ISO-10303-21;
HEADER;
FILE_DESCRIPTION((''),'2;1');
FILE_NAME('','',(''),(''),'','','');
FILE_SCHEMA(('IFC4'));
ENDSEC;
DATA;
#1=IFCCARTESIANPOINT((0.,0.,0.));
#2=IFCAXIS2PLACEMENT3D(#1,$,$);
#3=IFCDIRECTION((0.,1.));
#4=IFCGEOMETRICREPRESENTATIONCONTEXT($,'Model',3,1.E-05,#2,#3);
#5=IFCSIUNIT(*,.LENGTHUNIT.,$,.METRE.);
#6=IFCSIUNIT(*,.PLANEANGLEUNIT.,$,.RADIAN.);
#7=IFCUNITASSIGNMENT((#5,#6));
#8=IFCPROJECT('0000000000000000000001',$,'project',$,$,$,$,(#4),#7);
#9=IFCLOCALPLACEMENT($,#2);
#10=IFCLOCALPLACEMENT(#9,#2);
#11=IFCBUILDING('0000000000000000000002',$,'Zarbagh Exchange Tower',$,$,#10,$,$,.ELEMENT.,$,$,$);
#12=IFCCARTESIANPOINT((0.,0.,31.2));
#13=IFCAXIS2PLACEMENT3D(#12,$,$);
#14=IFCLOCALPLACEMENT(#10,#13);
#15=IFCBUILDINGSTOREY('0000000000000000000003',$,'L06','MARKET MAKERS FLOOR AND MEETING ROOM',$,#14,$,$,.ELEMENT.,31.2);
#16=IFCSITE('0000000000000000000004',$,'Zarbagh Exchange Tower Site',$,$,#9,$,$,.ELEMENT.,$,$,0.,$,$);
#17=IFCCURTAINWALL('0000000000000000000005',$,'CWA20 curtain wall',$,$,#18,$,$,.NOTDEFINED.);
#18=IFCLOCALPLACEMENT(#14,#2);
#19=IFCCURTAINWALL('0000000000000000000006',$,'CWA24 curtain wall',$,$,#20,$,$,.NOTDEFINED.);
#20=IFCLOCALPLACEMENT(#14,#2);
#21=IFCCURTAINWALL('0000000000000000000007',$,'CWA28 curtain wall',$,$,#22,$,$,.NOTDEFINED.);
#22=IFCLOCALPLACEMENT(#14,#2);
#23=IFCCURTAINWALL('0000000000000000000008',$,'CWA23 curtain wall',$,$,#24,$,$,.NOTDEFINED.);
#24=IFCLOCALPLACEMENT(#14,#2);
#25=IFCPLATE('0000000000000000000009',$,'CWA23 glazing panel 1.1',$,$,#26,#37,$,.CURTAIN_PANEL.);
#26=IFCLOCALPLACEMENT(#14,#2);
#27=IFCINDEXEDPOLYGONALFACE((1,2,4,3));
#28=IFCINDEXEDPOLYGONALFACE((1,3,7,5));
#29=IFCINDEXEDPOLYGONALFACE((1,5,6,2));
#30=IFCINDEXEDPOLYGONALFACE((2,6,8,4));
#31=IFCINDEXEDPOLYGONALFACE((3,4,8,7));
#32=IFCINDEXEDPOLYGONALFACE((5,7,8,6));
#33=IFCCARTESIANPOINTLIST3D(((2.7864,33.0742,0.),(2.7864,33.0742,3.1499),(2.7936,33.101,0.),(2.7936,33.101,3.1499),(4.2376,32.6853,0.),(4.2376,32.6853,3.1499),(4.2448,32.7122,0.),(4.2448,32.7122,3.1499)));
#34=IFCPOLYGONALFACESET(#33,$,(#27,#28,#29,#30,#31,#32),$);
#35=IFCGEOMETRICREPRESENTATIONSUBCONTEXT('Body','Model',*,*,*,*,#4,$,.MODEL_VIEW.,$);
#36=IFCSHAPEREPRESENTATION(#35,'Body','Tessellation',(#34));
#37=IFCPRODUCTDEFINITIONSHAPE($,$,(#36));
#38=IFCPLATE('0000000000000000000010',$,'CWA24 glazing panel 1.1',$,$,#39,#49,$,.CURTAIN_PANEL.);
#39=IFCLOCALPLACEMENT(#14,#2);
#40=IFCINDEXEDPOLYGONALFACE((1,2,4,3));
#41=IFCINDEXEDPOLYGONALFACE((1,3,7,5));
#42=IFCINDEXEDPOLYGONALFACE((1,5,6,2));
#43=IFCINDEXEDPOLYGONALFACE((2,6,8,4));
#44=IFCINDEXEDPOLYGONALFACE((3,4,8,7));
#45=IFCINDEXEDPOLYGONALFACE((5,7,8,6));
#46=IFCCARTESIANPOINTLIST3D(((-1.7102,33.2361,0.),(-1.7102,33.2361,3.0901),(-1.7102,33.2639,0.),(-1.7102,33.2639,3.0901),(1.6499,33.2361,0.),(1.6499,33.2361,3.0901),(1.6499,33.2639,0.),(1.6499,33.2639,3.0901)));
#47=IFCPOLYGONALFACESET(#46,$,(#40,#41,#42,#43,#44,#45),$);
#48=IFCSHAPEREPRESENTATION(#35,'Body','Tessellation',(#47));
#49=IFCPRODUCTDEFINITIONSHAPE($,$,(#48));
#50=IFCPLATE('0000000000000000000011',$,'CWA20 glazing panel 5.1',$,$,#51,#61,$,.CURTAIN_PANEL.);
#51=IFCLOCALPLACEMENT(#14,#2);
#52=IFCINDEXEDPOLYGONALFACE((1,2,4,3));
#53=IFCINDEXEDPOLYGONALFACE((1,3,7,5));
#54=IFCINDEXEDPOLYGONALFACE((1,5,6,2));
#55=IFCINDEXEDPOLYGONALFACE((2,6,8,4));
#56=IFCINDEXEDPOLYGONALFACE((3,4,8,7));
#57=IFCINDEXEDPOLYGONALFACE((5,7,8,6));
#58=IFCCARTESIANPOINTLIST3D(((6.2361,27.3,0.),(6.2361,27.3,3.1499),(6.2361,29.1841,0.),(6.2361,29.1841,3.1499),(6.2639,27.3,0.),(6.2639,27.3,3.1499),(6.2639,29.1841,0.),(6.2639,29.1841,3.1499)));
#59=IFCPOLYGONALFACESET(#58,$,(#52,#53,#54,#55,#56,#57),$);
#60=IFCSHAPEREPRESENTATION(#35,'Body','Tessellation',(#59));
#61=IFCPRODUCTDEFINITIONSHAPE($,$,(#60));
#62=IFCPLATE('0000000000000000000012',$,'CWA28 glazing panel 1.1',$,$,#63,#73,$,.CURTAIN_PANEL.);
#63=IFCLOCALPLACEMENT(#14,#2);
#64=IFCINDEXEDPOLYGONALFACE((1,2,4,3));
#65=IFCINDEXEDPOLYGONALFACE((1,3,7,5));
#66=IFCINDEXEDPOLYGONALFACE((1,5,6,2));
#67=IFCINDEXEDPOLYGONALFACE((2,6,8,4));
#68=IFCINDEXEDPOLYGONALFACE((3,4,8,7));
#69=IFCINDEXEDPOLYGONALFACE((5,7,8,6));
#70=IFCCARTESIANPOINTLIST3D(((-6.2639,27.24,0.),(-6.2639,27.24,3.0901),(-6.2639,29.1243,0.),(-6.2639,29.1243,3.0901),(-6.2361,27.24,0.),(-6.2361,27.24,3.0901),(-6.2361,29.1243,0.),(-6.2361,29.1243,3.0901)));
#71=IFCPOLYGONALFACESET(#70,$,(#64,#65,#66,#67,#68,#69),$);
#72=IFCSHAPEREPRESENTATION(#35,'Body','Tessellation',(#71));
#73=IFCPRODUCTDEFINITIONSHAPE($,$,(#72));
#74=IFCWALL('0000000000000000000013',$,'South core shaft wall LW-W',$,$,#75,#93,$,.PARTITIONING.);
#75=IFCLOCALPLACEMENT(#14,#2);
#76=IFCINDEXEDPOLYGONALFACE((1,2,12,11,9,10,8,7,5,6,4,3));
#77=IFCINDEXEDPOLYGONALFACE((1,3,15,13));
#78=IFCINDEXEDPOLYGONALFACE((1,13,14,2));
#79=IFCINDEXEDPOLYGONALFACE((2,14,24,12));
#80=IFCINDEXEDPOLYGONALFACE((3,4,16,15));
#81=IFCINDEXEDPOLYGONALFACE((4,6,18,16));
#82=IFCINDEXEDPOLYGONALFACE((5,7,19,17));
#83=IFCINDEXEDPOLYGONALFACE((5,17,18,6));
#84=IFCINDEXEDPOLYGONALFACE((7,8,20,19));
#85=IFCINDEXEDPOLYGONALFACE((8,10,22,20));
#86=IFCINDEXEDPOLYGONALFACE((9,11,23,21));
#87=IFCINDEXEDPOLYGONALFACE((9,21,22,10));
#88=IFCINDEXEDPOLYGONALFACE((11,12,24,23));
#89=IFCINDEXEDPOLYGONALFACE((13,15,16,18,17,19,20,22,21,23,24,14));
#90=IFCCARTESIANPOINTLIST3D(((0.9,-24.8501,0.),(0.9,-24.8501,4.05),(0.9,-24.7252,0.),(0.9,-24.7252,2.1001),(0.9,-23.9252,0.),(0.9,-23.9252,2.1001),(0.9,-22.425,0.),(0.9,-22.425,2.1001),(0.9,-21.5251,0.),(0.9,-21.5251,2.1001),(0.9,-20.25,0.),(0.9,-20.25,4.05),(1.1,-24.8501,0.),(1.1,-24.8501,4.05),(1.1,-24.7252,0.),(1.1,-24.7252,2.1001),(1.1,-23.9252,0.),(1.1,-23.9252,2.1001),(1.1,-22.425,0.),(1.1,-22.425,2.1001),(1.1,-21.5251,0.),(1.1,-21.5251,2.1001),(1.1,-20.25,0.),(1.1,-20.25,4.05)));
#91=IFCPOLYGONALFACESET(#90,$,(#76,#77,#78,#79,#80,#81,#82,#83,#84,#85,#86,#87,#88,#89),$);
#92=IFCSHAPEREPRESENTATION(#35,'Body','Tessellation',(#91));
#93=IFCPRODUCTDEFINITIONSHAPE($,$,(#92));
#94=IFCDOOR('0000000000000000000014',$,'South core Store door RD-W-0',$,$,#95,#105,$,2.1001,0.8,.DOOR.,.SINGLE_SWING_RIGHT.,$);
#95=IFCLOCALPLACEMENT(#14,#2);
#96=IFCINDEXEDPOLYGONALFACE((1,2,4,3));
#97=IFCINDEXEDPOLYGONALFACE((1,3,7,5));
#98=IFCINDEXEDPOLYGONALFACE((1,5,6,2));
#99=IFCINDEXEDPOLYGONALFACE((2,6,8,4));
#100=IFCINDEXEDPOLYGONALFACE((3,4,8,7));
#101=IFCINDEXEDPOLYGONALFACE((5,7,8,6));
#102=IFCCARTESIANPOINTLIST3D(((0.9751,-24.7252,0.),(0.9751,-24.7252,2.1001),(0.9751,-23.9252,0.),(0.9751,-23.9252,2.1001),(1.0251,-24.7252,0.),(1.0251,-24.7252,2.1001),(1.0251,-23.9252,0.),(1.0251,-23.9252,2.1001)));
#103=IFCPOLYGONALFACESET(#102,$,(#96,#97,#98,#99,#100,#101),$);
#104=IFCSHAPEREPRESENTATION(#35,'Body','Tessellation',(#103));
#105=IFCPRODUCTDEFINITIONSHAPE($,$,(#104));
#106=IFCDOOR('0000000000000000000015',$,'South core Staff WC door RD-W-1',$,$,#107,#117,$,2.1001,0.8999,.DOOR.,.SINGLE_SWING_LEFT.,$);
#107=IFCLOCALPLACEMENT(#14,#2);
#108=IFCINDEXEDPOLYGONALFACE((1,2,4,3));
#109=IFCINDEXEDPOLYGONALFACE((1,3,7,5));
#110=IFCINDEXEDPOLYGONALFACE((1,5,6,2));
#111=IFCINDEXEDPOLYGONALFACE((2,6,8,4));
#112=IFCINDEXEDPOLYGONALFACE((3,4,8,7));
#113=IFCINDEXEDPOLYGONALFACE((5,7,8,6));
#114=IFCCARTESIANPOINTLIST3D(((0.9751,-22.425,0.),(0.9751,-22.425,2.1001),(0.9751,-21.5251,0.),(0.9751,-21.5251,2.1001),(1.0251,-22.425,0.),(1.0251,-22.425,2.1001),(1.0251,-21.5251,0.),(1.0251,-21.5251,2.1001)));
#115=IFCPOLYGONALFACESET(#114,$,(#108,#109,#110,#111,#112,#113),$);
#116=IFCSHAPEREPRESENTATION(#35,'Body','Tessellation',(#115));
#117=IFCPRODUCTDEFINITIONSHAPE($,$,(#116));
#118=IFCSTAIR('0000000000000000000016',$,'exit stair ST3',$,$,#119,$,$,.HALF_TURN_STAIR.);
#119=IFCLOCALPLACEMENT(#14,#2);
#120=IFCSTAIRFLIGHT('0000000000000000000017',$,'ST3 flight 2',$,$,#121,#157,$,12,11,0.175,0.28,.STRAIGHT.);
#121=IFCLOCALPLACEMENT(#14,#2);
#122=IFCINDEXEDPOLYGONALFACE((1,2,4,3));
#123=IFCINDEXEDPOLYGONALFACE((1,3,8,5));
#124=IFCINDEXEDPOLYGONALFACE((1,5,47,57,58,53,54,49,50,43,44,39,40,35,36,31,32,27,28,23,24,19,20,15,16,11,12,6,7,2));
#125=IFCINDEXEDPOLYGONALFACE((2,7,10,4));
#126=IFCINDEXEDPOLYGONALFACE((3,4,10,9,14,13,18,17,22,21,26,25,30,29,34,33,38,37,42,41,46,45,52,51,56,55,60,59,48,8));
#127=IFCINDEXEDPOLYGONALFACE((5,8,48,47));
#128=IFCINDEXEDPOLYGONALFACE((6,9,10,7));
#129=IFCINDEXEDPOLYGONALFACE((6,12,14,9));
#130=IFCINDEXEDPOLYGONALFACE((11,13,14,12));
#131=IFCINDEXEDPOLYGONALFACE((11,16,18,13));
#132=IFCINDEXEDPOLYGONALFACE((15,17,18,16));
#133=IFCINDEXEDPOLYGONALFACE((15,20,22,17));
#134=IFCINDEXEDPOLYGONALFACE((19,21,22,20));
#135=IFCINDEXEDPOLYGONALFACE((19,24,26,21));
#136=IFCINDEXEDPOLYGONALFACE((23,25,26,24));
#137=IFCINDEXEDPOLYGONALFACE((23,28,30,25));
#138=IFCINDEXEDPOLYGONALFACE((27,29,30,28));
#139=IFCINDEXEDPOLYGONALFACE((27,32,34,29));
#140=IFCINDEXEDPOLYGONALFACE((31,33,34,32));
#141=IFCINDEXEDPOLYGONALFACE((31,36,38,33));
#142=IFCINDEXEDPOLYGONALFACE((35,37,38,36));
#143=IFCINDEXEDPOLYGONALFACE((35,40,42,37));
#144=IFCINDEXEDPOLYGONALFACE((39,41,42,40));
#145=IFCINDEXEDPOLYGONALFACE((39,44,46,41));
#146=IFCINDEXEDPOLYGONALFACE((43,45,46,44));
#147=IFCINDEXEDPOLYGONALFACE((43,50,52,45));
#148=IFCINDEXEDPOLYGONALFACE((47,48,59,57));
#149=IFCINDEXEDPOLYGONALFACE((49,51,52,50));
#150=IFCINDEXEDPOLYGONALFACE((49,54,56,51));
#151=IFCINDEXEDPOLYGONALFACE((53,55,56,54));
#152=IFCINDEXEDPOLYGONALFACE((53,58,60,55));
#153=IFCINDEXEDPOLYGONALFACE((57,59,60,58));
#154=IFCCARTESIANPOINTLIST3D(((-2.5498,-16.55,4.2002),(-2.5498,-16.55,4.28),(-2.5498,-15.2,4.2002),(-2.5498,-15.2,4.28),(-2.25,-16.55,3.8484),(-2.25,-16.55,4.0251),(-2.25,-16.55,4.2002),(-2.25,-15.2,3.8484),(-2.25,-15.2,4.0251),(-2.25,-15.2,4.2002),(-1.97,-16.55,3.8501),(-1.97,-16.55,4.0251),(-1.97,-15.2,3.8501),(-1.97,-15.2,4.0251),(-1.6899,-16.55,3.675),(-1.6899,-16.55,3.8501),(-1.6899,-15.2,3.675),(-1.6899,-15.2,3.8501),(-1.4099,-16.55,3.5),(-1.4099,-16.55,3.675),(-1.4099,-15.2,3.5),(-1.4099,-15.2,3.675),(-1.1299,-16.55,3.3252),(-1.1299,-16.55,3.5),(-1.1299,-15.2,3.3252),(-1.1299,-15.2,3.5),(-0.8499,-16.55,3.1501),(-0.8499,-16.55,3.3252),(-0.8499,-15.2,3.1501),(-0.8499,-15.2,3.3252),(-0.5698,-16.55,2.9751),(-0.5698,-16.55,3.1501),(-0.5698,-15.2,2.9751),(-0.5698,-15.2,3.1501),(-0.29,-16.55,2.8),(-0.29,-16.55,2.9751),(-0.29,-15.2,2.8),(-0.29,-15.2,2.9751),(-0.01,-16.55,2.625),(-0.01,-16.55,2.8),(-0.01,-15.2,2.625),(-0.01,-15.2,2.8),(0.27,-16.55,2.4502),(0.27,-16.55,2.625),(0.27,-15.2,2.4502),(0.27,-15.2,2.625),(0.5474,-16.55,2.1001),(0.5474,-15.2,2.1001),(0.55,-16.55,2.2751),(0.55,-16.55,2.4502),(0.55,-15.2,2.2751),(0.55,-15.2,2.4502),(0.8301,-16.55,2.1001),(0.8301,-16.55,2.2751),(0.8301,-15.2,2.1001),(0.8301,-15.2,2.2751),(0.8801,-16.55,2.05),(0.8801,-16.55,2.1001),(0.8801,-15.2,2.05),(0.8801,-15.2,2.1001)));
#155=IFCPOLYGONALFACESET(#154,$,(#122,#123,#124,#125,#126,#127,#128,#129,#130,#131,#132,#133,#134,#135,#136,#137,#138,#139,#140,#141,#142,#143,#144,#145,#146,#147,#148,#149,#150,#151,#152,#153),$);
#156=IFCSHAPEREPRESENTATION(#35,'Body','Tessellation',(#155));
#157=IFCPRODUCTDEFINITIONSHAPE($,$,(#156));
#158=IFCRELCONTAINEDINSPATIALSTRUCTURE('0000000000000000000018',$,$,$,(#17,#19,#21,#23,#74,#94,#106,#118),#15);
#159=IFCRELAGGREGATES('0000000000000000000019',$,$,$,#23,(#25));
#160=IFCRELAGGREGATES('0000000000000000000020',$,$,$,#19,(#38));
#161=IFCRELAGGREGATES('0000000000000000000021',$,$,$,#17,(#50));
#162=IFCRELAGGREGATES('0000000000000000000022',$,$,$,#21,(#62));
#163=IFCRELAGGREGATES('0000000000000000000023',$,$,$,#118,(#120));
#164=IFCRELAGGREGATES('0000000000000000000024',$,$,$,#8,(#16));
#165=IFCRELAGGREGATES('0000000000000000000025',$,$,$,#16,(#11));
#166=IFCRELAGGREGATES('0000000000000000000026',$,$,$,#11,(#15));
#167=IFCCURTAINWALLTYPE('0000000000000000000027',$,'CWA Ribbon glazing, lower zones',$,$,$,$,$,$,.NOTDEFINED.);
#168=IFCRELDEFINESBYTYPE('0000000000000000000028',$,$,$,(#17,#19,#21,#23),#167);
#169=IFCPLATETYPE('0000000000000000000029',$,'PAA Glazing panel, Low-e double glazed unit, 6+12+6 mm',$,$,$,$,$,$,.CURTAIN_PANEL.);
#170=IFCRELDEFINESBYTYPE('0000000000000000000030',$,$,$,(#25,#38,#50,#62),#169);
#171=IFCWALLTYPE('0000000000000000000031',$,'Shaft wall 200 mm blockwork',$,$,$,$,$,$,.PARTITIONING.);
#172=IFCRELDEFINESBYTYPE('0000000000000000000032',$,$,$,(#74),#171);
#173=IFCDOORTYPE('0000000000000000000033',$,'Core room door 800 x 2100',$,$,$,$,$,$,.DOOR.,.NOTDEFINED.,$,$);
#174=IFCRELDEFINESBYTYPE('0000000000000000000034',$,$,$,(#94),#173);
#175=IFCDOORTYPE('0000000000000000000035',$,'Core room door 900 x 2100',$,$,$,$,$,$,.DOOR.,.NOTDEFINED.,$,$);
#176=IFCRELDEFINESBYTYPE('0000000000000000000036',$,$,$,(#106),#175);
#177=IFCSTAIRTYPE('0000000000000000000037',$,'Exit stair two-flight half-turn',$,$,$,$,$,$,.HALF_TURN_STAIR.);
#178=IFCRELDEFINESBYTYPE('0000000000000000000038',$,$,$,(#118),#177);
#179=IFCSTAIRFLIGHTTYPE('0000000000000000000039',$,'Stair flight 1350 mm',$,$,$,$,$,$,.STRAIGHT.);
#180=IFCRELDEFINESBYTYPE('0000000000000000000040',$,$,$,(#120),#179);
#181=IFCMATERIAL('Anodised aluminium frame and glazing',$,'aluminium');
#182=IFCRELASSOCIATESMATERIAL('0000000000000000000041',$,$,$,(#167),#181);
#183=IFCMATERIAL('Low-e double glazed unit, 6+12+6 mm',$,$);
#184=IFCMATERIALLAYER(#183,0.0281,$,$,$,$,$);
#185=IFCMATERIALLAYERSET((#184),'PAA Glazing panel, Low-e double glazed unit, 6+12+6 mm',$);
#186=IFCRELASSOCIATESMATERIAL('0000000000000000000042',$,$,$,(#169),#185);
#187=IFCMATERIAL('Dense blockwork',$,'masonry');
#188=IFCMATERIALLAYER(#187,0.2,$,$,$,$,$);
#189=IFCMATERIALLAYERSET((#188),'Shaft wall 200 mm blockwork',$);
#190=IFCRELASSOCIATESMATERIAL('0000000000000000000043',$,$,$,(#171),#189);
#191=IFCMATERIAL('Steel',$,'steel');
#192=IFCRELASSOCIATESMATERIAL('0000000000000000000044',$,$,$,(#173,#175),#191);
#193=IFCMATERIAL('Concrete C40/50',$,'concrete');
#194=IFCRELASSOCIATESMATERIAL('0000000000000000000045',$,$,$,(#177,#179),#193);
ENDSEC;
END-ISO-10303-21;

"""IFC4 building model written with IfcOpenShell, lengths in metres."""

from ifc_helpers import new_model, si_unit, direction, frame, frame_2d, origin, place, context, subcontext, project, spatial, polyline, rectangle, outline, extrude, source, transform, mapped, material, layer, layer_set, type_object, element, fill, aggregate, save


model = new_model("IFC4")

# Units and contexts
model_context = context("Model", 3, precision=1e-05, world=origin(), true_north=direction((0.0, 1.0)))
body_context = subcontext(model_context, "Body", "Model", "MODEL_VIEW")
ifc_project = project(units=[si_unit("LENGTHUNIT", "METRE"), si_unit("PLANEANGLEUNIT", "RADIAN")], contexts=[model_context])

# Site, building, storey
site_placement = place(None, origin())
site = spatial("IfcSite", under=ifc_project, at=site_placement, Name="Zarbagh Exchange Tower Site", CompositionType="ELEMENT", RefElevation=0.0)
building_placement = place(site_placement, origin())
building = spatial("IfcBuilding", under=site, at=building_placement, Name="Zarbagh Exchange Tower", CompositionType="ELEMENT")
storey_placement = place(building_placement, frame((0.0, 0.0, 31.2)))
storey = spatial("IfcBuildingStorey", under=building, at=storey_placement, Name="L06", Description="MARKET MAKERS FLOOR AND MEETING ROOM", CompositionType="ELEMENT", Elevation=31.2)

# Curtain walls
ifc_material_1 = material(Name="Anodised aluminium frame and glazing", Category="aluminium")
curtain_wall_type = type_object("IfcCurtainWallType", Name="CWA Ribbon glazing, lower zones", PredefinedType="NOTDEFINED", material=ifc_material_1)
curtain_wall_1_placement = place(storey_placement, origin())
curtain_wall_1 = element("IfcCurtainWall", 1, at=curtain_wall_1_placement, inside=storey, type_object=curtain_wall_type, Name="CWA20 curtain wall", PredefinedType="NOTDEFINED")
placement = place(storey_placement, origin())
curtain_wall_2_placement = place(storey_placement, origin())
curtain_wall_2 = element("IfcCurtainWall", 2, at=curtain_wall_2_placement, inside=storey, type_object=curtain_wall_type, Name="CWA24 curtain wall", PredefinedType="NOTDEFINED")
curtain_wall_3_placement = place(storey_placement, origin())
curtain_wall_3 = element("IfcCurtainWall", 3, at=curtain_wall_3_placement, inside=storey, type_object=curtain_wall_type, Name="CWA28 curtain wall", PredefinedType="NOTDEFINED")

# Shared definitions
ifc_material_2 = material(Name="Low-e double glazed unit, 6+12+6 mm")
ifc_layer_1 = layer(ifc_material_2, 0.0281)
ifc_layer_set_1 = layer_set([ifc_layer_1], Name="PAA Glazing panel, Low-e double glazed unit, 6+12+6 mm")
plate_type = type_object("IfcPlateType", Name="PAA Glazing panel, Low-e double glazed unit, 6+12+6 mm", PredefinedType="CURTAIN_PANEL", material=ifc_layer_set_1)

# Curtain wall, plate
curtain_wall_4_placement = place(storey_placement, origin())
curtain_wall_4 = element("IfcCurtainWall", 4, at=curtain_wall_4_placement, inside=storey, type_object=curtain_wall_type, Name="CWA23 curtain wall", PredefinedType="NOTDEFINED")
shared_shape_1 = source(origin(), body_context, "Body", "SweptSolid", [
    extrude(outline(polyline([(0.0, -0.0139), (1.5024, -0.0139), (1.5024, 0.0139), (0.0, 0.0139), (0.0, -0.0139)])), origin(), (0.0, 0.0, 1.0), 3.1499),
])
plate_1 = element("IfcPlate", 5, at=placement, type_object=plate_type, Name="CWA23 glazing panel 1.1", PredefinedType="CURTAIN_PANEL", context=body_context, shape_type="MappedRepresentation", body=[
    mapped(shared_shape_1, transform((4.2412, 32.6987, 0.0), x_axis=(-0.965924, 0.258825, 0.0), y_axis=(-0.258825, -0.965924, 0.0), z_axis=(0.0, 0.0, 1.0))),
])
aggregate(curtain_wall_4, [plate_1])

# Plates
shared_shape_2 = source(origin(), body_context, "Body", "SweptSolid", [
    extrude(outline(polyline([(0.0, -0.0139), (3.3601, -0.0139), (3.3601, 0.0139), (0.0, 0.0139), (0.0, -0.0139)])), origin(), (0.0, 0.0, 1.0), 3.0901),
])
plate_2 = element("IfcPlate", 6, at=placement, type_object=plate_type, Name="CWA24 glazing panel 1.1", PredefinedType="CURTAIN_PANEL", context=body_context, shape_type="MappedRepresentation", body=[
    mapped(shared_shape_2, transform((1.6499, 33.25, 0.0), x_axis=(-1.0, 0.0, 0.0), y_axis=(0.0, -1.0, 0.0), z_axis=(0.0, 0.0, 1.0))),
])
aggregate(curtain_wall_2, [plate_2])
shared_shape_3 = source(origin(), body_context, "Body", "SweptSolid", [
    extrude(outline(polyline([(0.0, -0.0139), (1.884, -0.0139), (1.884, 0.0139), (0.0, 0.0139), (0.0, -0.0139)])), origin(), (0.0, 0.0, 1.0), 3.1499),
])
plate_3 = element("IfcPlate", 7, at=placement, type_object=plate_type, Name="CWA20 glazing panel 5.1", PredefinedType="CURTAIN_PANEL", context=body_context, shape_type="MappedRepresentation", body=[
    mapped(shared_shape_3, transform((6.25, 27.3, 0.0), x_axis=(0.0, 1.0, 0.0), y_axis=(-1.0, 0.0, 0.0), z_axis=(0.0, 0.0, 1.0))),
])
aggregate(curtain_wall_1, [plate_3])
shared_shape_4 = source(origin(), body_context, "Body", "SweptSolid", [
    extrude(outline(polyline([(0.0, -0.0139), (1.8843, -0.0139), (1.8843, 0.0139), (0.0, 0.0139), (0.0, -0.0139)])), origin(), (0.0, 0.0, 1.0), 3.0901),
])
plate_4 = element("IfcPlate", 8, at=placement, type_object=plate_type, Name="CWA28 glazing panel 1.1", PredefinedType="CURTAIN_PANEL", context=body_context, shape_type="MappedRepresentation", body=[
    mapped(shared_shape_4, transform((-6.25, 29.1243, 0.0), x_axis=(0.0, -1.0, 0.0), y_axis=(1.0, 0.0, 0.0), z_axis=(0.0, 0.0, 1.0))),
])
aggregate(curtain_wall_3, [plate_4])

# Wall, openings, doors
ifc_material_3 = material(Name="Dense blockwork", Category="masonry")
ifc_layer_2 = layer(ifc_material_3, 0.2)
ifc_layer_set_2 = layer_set([ifc_layer_2], Name="Shaft wall 200 mm blockwork")
wall_type = type_object("IfcWallType", Name="Shaft wall 200 mm blockwork", PredefinedType="PARTITIONING", material=ifc_layer_set_2)
wall_placement = place(storey_placement, frame((1.0, -24.8501, 0.0), z_axis=(0.0, 0.0, 1.0), x_axis=(0.0, 1.0, 0.0)))
wall = element("IfcWall", 9, at=wall_placement, inside=storey, type_object=wall_type, Name="South core shaft wall LW-W", PredefinedType="PARTITIONING", context=body_context, shape_type="SweptSolid", body=[
    extrude(rectangle(XDim=4.6001, YDim=0.2, at=frame_2d((2.3, 0.0))), origin(), (0.0, 0.0, 1.0), 4.05),
])
opening_1_placement = place(wall_placement, frame((0.125, 0.0, 0.0)))
opening_1 = element("IfcOpeningElement", 10, at=opening_1_placement, cuts=wall, PredefinedType="OPENING", context=body_context, shape_type="SweptSolid", body=[
    extrude(rectangle(XDim=0.8, YDim=2.1001, at=frame_2d((0.3999, 1.05))), frame((0.0, 0.1099, 0.0), z_axis=(0.0, -1.0, 0.0), x_axis=(1.0, 0.0, 0.0)), (0.0, 0.0, 1.0), 0.22),
])
opening_2_placement = place(wall_placement, frame((2.425, 0.0, 0.0)))
opening_2 = element("IfcOpeningElement", 11, at=opening_2_placement, cuts=wall, PredefinedType="OPENING", context=body_context, shape_type="SweptSolid", body=[
    extrude(rectangle(XDim=0.8999, YDim=2.1001, at=frame_2d((0.45, 1.05))), frame((0.0, 0.1099, 0.0), z_axis=(0.0, -1.0, 0.0), x_axis=(1.0, 0.0, 0.0)), (0.0, 0.0, 1.0), 0.22),
])
ifc_material_4 = material(Name="Steel", Category="steel")
door_type_1 = type_object("IfcDoorType", Name="Core room door 800 x 2100", OperationType="NOTDEFINED", PredefinedType="DOOR", material=ifc_material_4)
door_1_placement = place(opening_1_placement, origin())
door_1 = element("IfcDoor", 12, at=door_1_placement, inside=storey, type_object=door_type_1, Name="South core Store door RD-W-0", OperationType="SINGLE_SWING_RIGHT", OverallHeight=2.1001, OverallWidth=0.8, PredefinedType="DOOR", context=body_context, shape_type="SweptSolid", body=[
    extrude(rectangle(XDim=0.8, YDim=2.1001, at=frame_2d((0.3999, 1.05))), frame((0.0, 0.0249, 0.0), z_axis=(0.0, -1.0, 0.0), x_axis=(1.0, 0.0, 0.0)), (0.0, 0.0, 1.0), 0.05),
])
fill(opening_1, door_1)
door_type_2 = type_object("IfcDoorType", Name="Core room door 900 x 2100", OperationType="NOTDEFINED", PredefinedType="DOOR", material=ifc_material_4)
door_2_placement = place(opening_2_placement, origin())
door_2 = element("IfcDoor", 13, at=door_2_placement, inside=storey, type_object=door_type_2, Name="South core Staff WC door RD-W-1", OperationType="SINGLE_SWING_LEFT", OverallHeight=2.1001, OverallWidth=0.8999, PredefinedType="DOOR", context=body_context, shape_type="SweptSolid", body=[
    extrude(rectangle(XDim=0.8999, YDim=2.1001, at=frame_2d((0.45, 1.05))), frame((0.0, 0.0249, 0.0), z_axis=(0.0, -1.0, 0.0), x_axis=(1.0, 0.0, 0.0)), (0.0, 0.0, 1.0), 0.05),
])
fill(opening_2, door_2)

# Stair, stair flight
ifc_material_5 = material(Name="Concrete C40/50", Category="concrete")
stair_type = type_object("IfcStairType", Name="Exit stair two-flight half-turn", PredefinedType="HALF_TURN_STAIR", material=ifc_material_5)
stair_1_placement = place(storey_placement, origin())
stair_1 = element("IfcStair", 14, at=stair_1_placement, inside=storey, type_object=stair_type, Name="exit stair ST3", PredefinedType="HALF_TURN_STAIR")
stair_flight_type = type_object("IfcStairFlightType", Name="Stair flight 1350 mm", PredefinedType="STRAIGHT", material=ifc_material_5)
stair_flight_1_placement = place(storey_placement, frame((0.8301, -15.875, 2.1001), z_axis=(0.0, 0.0, 1.0), x_axis=(-1.0, 0.0, 0.0)))
stair_flight_1 = element("IfcStairFlight", 15, at=stair_flight_1_placement, type_object=stair_flight_type, Name="ST3 flight 2", NumberOfRisers=12, NumberOfTreads=11, PredefinedType="STRAIGHT", RiserHeight=0.175, TreadLength=0.28, context=body_context, shape_type="SweptSolid", body=[
    extrude(outline(polyline([(-0.05, -0.05), (-0.05, 0.0), (0.0, 0.0), (0.0, 0.175), (0.28, 0.175), (0.28, 0.3501), (0.5601, 0.3501), (0.5601, 0.5249), (0.8401, 0.5249), (0.8401, 0.7), (1.1201, 0.7), (1.1201, 0.875), (1.3999, 0.875), (1.3999, 1.05), (1.6799, 1.05), (1.6799, 1.2251), (1.96, 1.2251), (1.96, 1.3999), (2.24, 1.3999), (2.24, 1.575), (2.52, 1.575), (2.52, 1.75), (2.8, 1.75), (2.8, 1.925), (3.0801, 1.925), (3.0801, 2.1001), (3.3799, 2.1799), (3.3799, 2.1001), (3.0801, 1.7483), (0.2827, 0.0), (-0.05, -0.05)])), frame((0.0, 0.675, 0.0), z_axis=(0.0, -1.0, 0.0), x_axis=(1.0, 0.0, 0.0)), (0.0, 0.0, 1.0), 1.3501),
])
aggregate(stair_1, [stair_flight_1])

save(model, "model.ifc")
